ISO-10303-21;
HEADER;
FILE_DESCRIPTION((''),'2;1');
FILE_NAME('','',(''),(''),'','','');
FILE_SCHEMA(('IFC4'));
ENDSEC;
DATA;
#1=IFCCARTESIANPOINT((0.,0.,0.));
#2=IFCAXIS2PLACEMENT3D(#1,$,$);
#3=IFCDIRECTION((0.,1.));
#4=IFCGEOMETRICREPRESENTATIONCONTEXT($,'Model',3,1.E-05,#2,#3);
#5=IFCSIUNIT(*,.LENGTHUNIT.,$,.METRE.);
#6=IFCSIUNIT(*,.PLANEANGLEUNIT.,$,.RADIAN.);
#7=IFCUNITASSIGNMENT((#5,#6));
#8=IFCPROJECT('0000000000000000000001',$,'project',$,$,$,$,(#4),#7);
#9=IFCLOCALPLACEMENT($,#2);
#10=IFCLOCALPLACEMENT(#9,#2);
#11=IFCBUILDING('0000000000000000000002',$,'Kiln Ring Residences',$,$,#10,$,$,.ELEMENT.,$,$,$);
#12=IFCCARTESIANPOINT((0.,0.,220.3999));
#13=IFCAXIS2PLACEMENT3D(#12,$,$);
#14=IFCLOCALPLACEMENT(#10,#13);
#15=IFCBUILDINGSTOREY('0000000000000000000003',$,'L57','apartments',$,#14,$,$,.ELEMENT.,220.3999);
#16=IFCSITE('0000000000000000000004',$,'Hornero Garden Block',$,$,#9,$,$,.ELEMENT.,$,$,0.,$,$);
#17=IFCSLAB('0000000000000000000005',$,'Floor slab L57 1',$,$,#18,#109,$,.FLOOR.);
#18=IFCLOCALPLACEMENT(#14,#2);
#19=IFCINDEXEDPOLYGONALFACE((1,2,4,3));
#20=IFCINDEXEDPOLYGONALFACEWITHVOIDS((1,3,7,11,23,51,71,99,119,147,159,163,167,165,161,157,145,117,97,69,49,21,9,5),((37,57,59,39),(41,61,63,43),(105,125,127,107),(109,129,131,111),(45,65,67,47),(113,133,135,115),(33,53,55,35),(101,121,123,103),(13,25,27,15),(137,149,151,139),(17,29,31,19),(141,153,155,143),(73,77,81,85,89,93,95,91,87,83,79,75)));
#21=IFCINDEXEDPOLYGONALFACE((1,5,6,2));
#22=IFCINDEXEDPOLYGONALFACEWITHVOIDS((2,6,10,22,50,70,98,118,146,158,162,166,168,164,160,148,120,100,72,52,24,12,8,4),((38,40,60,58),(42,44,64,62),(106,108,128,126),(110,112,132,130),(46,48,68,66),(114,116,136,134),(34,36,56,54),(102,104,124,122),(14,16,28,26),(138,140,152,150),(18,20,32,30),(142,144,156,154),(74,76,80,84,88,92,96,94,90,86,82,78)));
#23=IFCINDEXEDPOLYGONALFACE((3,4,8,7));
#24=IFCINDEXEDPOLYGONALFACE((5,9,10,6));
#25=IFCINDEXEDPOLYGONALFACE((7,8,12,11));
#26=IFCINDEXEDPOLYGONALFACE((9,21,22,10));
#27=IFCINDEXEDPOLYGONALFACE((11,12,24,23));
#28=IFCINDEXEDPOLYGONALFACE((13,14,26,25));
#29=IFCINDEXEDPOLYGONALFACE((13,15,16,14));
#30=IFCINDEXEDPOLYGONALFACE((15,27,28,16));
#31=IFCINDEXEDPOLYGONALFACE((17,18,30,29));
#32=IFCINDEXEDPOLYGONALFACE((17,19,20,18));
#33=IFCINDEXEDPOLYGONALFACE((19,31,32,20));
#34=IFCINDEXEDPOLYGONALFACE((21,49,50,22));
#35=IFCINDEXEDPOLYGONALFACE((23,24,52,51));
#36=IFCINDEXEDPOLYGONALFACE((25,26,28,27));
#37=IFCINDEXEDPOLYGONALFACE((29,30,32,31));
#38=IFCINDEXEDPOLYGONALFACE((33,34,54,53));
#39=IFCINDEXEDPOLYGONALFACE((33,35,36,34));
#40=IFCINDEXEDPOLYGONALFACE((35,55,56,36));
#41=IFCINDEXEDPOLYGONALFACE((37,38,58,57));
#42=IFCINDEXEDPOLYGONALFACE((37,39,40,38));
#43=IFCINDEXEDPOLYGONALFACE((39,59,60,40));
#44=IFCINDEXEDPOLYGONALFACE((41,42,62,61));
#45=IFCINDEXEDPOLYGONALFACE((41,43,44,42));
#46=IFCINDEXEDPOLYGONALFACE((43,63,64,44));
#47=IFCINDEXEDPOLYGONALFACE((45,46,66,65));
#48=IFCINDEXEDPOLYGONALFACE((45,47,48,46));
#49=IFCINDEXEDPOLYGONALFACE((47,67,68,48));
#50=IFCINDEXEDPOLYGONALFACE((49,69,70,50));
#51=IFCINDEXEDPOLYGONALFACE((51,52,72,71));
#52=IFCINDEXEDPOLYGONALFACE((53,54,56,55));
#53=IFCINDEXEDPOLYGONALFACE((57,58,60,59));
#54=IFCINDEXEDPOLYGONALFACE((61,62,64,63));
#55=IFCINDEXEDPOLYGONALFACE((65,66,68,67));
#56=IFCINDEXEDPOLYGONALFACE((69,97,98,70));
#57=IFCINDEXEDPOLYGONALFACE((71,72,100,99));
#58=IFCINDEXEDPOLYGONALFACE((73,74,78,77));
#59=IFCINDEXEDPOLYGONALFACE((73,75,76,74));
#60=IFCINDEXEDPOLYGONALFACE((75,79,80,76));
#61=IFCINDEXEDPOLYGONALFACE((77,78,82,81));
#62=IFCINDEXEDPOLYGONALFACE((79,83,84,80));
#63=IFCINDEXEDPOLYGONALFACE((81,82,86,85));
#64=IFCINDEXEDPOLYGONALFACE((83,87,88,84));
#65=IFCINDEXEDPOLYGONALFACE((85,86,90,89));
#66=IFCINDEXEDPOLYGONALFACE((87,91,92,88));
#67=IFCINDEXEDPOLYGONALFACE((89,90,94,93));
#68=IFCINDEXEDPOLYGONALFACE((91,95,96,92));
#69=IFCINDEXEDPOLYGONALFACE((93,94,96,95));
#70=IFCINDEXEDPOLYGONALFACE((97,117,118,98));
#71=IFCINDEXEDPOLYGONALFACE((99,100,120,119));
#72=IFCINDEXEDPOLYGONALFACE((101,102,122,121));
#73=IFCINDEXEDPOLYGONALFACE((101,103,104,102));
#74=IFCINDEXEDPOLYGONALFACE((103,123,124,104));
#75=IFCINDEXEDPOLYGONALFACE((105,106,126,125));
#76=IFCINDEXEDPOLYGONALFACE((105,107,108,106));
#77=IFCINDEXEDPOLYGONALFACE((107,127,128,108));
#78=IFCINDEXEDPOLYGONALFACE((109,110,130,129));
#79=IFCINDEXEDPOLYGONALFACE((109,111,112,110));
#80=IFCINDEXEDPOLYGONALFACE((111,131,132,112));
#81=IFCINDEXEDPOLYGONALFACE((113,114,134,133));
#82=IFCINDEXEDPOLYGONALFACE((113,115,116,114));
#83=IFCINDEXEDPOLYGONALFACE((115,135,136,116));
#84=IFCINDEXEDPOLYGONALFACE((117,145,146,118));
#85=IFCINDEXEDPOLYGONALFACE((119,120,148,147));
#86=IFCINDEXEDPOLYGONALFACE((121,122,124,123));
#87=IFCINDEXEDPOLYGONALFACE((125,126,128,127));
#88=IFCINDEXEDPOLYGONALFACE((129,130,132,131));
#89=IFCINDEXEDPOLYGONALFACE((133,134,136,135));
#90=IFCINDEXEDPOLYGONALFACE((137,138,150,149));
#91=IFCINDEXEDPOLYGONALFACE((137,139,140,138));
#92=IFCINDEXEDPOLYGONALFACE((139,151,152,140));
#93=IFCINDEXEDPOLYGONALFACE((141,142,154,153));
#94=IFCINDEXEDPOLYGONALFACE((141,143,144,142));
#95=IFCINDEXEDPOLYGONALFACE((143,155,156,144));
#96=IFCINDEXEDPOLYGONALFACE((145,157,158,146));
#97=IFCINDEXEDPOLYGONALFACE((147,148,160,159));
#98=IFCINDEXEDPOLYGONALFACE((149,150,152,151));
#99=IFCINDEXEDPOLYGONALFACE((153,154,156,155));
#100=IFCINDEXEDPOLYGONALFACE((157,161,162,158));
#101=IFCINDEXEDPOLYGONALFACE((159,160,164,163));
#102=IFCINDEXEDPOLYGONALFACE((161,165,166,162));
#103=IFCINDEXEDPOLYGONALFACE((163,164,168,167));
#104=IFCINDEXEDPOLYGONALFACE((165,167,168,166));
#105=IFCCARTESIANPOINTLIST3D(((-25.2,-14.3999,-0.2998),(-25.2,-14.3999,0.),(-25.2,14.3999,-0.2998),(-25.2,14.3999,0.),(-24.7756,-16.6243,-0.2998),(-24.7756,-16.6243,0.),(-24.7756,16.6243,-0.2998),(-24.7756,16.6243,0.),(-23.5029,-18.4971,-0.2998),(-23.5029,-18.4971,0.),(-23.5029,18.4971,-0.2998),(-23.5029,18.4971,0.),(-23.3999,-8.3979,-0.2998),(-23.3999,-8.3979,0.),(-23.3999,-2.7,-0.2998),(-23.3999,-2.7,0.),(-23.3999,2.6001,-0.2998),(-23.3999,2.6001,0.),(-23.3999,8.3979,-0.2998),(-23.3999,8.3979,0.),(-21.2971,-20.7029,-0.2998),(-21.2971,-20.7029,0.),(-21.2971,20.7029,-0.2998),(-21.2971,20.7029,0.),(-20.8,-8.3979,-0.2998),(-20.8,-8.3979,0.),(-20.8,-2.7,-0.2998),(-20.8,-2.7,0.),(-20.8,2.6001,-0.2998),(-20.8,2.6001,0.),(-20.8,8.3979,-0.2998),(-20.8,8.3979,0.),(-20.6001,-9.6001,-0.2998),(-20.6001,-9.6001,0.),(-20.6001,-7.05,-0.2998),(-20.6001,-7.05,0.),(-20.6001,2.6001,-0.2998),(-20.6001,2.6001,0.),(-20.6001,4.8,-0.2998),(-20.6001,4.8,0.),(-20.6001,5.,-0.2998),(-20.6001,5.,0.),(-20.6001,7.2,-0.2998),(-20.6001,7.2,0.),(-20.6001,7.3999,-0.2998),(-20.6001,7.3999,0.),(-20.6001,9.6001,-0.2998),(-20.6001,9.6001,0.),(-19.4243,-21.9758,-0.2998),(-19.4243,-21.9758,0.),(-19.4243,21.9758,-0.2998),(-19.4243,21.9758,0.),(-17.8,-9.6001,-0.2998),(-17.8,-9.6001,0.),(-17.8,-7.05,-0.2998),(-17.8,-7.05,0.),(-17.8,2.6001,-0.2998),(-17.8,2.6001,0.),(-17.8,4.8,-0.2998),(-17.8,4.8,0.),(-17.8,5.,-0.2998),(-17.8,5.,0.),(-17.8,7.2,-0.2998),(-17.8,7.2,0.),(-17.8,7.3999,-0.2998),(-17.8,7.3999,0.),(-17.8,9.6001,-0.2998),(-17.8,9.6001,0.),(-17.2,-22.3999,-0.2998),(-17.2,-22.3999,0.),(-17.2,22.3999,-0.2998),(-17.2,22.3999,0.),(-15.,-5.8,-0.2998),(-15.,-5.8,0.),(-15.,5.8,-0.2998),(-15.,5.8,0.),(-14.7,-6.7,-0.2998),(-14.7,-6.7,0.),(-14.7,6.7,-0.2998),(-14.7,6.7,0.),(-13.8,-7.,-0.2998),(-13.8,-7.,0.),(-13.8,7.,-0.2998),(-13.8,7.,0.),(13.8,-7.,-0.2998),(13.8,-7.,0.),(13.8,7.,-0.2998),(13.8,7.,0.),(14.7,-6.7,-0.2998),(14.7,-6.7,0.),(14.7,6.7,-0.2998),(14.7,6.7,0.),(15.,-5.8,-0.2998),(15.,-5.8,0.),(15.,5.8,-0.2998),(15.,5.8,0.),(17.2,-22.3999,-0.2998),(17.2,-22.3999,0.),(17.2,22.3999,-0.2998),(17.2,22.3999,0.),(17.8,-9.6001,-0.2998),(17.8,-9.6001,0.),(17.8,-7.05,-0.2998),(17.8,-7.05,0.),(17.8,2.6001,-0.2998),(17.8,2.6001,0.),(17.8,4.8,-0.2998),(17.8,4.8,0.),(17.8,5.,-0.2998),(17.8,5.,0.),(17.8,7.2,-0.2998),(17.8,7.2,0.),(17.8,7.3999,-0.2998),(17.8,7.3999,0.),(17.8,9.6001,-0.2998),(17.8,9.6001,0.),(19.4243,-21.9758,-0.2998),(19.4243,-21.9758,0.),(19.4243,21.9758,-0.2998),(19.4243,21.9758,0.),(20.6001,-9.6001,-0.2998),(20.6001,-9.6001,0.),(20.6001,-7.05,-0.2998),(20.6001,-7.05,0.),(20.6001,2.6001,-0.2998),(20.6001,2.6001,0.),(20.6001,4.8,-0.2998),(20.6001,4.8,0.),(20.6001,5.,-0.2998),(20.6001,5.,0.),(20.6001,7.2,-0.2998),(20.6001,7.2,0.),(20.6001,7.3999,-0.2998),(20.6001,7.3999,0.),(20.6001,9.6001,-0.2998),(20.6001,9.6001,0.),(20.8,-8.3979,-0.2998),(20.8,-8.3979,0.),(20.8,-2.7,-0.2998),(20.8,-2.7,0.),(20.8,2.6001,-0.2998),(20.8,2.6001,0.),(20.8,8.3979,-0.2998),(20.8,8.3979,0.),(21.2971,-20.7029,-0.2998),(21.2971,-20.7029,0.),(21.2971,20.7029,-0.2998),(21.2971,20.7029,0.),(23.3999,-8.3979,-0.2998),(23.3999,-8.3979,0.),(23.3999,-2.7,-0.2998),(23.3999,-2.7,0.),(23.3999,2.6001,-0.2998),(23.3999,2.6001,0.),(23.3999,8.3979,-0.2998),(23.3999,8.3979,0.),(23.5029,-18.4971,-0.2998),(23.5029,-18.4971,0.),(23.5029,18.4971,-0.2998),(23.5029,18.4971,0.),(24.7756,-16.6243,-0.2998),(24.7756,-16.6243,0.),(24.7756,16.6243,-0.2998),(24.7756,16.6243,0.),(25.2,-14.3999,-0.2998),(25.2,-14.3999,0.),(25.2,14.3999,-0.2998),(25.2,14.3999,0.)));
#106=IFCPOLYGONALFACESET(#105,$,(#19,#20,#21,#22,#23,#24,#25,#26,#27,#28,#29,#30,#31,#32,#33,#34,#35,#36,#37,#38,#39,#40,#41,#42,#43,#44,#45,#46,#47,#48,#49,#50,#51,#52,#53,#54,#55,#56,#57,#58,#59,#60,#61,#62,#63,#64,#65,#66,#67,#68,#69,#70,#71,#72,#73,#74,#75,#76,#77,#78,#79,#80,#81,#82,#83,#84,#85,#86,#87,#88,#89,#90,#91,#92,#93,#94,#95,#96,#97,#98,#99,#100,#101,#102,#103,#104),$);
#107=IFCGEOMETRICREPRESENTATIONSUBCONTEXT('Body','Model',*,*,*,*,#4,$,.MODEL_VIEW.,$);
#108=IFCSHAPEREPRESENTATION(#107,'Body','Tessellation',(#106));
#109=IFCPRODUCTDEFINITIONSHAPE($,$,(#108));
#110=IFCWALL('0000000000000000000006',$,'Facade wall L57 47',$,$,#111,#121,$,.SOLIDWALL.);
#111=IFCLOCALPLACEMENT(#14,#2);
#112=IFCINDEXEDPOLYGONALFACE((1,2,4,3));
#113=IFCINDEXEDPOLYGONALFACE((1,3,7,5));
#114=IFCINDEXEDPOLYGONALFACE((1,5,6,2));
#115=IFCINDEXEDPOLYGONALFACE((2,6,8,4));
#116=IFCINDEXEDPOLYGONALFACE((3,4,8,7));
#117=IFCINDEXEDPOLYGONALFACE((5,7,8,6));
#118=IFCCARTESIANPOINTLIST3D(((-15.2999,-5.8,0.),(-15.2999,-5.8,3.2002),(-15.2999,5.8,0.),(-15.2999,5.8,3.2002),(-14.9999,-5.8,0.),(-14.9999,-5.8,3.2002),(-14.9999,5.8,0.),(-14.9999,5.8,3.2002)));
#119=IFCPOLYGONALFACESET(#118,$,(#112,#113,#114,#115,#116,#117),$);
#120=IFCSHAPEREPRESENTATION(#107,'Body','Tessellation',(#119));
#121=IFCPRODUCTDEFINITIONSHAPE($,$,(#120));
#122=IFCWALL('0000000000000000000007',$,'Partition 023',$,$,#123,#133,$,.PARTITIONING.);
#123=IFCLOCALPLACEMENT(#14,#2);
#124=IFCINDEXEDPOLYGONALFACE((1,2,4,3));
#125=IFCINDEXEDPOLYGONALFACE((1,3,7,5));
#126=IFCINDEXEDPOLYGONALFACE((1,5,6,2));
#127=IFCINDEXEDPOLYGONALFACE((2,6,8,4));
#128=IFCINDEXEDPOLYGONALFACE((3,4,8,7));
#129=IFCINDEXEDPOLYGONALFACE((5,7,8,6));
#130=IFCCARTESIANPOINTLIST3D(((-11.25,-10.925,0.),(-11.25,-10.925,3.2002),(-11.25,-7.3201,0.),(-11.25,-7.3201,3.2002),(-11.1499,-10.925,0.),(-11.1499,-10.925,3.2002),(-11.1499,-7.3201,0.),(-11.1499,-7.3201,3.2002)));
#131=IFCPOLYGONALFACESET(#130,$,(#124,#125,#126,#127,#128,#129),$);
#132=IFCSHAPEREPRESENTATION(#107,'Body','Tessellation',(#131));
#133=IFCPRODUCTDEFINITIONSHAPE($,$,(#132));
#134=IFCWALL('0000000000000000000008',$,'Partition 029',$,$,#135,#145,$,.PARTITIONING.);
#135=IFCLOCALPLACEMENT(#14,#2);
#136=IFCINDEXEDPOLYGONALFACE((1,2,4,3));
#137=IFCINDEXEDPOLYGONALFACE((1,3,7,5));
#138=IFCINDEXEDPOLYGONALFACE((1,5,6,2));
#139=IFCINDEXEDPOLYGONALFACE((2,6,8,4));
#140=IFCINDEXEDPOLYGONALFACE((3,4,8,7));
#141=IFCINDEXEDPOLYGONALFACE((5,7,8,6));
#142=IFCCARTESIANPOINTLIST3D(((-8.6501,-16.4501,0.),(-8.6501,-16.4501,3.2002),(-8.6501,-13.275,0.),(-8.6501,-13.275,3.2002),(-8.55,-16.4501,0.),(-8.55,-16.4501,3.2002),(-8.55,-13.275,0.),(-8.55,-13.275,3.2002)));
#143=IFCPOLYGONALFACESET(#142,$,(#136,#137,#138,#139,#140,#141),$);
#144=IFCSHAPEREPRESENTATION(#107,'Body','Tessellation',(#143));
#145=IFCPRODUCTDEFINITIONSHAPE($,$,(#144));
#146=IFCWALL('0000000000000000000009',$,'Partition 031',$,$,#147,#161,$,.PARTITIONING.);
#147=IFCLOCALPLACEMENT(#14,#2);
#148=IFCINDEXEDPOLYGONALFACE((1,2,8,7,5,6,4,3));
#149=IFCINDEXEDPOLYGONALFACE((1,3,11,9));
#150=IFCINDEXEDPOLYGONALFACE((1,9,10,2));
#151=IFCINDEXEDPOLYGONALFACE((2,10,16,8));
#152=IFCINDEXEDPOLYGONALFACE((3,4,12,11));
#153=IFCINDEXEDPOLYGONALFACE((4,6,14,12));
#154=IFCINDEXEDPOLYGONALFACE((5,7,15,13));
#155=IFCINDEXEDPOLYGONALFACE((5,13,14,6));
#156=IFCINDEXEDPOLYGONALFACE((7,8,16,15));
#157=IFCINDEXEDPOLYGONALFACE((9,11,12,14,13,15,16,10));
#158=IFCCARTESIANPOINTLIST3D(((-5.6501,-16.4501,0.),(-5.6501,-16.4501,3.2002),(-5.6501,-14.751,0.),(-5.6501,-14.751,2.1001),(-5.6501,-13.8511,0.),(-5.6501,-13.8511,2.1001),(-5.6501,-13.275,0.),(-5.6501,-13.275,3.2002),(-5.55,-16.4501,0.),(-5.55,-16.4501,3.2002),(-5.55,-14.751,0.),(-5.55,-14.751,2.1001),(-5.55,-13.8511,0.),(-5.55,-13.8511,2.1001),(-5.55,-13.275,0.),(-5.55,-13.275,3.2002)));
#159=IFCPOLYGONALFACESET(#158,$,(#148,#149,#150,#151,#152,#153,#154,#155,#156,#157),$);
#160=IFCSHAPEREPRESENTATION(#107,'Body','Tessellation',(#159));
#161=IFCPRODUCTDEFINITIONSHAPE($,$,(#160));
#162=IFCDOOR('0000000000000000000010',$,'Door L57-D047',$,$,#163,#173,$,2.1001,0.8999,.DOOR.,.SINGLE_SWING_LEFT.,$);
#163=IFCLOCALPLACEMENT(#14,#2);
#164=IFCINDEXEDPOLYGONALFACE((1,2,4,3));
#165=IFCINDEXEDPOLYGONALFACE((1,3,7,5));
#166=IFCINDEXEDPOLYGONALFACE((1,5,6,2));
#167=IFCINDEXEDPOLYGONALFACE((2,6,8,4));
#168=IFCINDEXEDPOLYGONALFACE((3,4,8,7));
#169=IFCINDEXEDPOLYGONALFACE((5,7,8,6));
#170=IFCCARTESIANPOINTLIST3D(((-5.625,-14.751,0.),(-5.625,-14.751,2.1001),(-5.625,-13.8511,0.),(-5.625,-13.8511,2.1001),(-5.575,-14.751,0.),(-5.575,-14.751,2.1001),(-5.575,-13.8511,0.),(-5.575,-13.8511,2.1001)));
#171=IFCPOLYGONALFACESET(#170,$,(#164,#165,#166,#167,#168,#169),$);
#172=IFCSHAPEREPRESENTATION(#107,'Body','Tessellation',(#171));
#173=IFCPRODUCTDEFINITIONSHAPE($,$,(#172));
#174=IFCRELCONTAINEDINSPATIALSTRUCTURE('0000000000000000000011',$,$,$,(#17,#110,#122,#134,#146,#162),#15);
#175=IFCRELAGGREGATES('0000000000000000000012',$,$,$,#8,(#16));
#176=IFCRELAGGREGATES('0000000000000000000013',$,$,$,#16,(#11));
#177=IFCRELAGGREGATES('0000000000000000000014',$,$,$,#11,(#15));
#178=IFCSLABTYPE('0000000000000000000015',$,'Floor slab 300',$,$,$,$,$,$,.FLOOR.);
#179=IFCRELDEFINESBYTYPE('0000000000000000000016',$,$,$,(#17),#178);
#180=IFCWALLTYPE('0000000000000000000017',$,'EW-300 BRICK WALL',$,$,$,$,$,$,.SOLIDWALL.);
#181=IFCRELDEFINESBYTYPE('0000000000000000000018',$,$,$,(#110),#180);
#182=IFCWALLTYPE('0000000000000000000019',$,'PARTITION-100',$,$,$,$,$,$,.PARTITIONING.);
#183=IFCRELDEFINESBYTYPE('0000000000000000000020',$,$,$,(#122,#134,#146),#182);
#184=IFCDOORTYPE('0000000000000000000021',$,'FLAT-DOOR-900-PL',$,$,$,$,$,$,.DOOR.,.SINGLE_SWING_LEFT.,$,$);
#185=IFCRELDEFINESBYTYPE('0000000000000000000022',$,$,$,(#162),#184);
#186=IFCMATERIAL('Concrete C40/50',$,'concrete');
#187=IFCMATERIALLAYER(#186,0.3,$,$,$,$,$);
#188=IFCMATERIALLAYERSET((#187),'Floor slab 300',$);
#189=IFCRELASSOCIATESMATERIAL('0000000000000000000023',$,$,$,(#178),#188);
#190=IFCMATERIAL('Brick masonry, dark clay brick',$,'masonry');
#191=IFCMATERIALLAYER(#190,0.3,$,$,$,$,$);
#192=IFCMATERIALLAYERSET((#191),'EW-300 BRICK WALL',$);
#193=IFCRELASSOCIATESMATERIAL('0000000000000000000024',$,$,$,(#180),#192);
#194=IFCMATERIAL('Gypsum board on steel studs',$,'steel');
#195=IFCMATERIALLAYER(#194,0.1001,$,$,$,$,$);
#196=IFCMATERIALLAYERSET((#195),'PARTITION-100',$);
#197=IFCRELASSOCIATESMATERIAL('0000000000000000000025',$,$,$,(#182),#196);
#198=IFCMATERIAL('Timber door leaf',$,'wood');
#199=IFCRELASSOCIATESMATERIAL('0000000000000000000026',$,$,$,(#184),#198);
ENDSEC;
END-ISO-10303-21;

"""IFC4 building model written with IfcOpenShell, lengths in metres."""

from ifc_helpers import new_model, si_unit, direction, frame, frame_2d, origin, place, context, subcontext, project, spatial, polyline, rectangle, outline, extrude, material, layer, layer_set, type_object, element, fill, save


model = new_model("IFC4")

# Units and contexts
model_context = context("Model", 3, precision=1e-05, world=origin(), true_north=direction((0.0, 1.0)))
body_context = subcontext(model_context, "Body", "Model", "MODEL_VIEW")
ifc_project = project(units=[si_unit("LENGTHUNIT", "METRE"), si_unit("PLANEANGLEUNIT", "RADIAN")], contexts=[model_context])

# Site, building, storey
site_placement = place(None, origin())
site = spatial("IfcSite", under=ifc_project, at=site_placement, Name="Hornero Garden Block", CompositionType="ELEMENT", RefElevation=0.0)
building_placement = place(site_placement, origin())
building = spatial("IfcBuilding", under=site, at=building_placement, Name="Kiln Ring Residences", CompositionType="ELEMENT")
storey_placement = place(building_placement, frame((0.0, 0.0, 220.3999)))
storey = spatial("IfcBuildingStorey", under=building, at=storey_placement, Name="L57", Description="apartments", CompositionType="ELEMENT", Elevation=220.3999)

# Slab
ifc_material_1 = material(Name="Concrete C40/50", Category="concrete")
ifc_layer_1 = layer(ifc_material_1, 0.3)
ifc_layer_set_1 = layer_set([ifc_layer_1], Name="Floor slab 300")
slab_type = type_object("IfcSlabType", Name="Floor slab 300", PredefinedType="FLOOR", material=ifc_layer_set_1)
slab_placement = place(storey_placement, frame((0.0, 0.0, -0.2998)))
element("IfcSlab", 1, at=slab_placement, inside=storey, type_object=slab_type, Name="Floor slab L57 1", PredefinedType="FLOOR", context=body_context, shape_type="SweptSolid", body=[
    extrude(outline(polyline([(-23.5029, -18.4971), (-21.2971, -20.7029), (-19.4243, -21.9758), (-17.2, -22.3999), (17.2, -22.3999), (19.4243, -21.9758), (21.2971, -20.7029), (23.5029, -18.4971), (24.7756, -16.6243), (25.2, -14.3999), (25.2, 14.3999), (24.7756, 16.6243), (23.5029, 18.4971), (21.2971, 20.7029), (19.4243, 21.9758), (17.2, 22.3999), (-17.2, 22.3999), (-19.4243, 21.9758), (-21.2971, 20.7029), (-23.5029, 18.4971), (-24.7756, 16.6243), (-25.2, 14.3999), (-25.2, -14.3999), (-24.7756, -16.6243), (-23.5029, -18.4971)]), holes=[polyline([(-14.7, -6.7), (-15.0, -5.8), (-15.0, 5.8), (-14.7, 6.7), (-13.8, 7.0), (13.8, 7.0), (14.7, 6.7), (15.0, 5.8), (15.0, -5.8), (14.7, -6.7), (13.8, -7.0), (-13.8, -7.0), (-14.7, -6.7)]), polyline([(20.8, -8.3979), (20.8, -2.7), (23.3999, -2.7), (23.3999, -8.3979), (20.8, -8.3979)]), polyline([(23.3999, 2.6001), (20.8, 2.6001), (20.8, 8.3979), (23.3999, 8.3979), (23.3999, 2.6001)]), polyline([(17.8, 2.6001), (17.8, 4.8), (20.6001, 4.8), (20.6001, 2.6001), (17.8, 2.6001)]), polyline([(17.8, 5.0), (17.8, 7.2), (20.6001, 7.2), (20.6001, 5.0), (17.8, 5.0)]), polyline([(17.8, 7.3999), (17.8, 9.6001), (20.6001, 9.6001), (20.6001, 7.3999), (17.8, 7.3999)]), polyline([(20.6001, -9.6001), (17.8, -9.6001), (17.8, -7.05), (20.6001, -7.05), (20.6001, -9.6001)]), polyline([(-17.8, -7.05), (-17.8, -9.6001), (-20.6001, -9.6001), (-20.6001, -7.05), (-17.8, -7.05)]), polyline([(-17.8, 2.6001), (-20.6001, 2.6001), (-20.6001, 4.8), (-17.8, 4.8), (-17.8, 2.6001)]), polyline([(-17.8, 5.0), (-20.6001, 5.0), (-20.6001, 7.2), (-17.8, 7.2), (-17.8, 5.0)]), polyline([(-17.8, 7.3999), (-20.6001, 7.3999), (-20.6001, 9.6001), (-17.8, 9.6001), (-17.8, 7.3999)]), polyline([(-20.8, -8.3979), (-23.3999, -8.3979), (-23.3999, -2.7), (-20.8, -2.7), (-20.8, -8.3979)]), polyline([(-20.8, 8.3979), (-20.8, 2.6001), (-23.3999, 2.6001), (-23.3999, 8.3979), (-20.8, 8.3979)])]), origin(), (0.0, 0.0, 1.0), 0.2998),
])

# Walls
ifc_material_2 = material(Name="Brick masonry, dark clay brick", Category="masonry")
ifc_layer_2 = layer(ifc_material_2, 0.3)
ifc_layer_set_2 = layer_set([ifc_layer_2], Name="EW-300 BRICK WALL")
wall_type_1 = type_object("IfcWallType", Name="EW-300 BRICK WALL", PredefinedType="SOLIDWALL", material=ifc_layer_set_2)
wall_1_placement = place(storey_placement, frame((-15.1499, -5.8, 0.0), z_axis=(0.0, 0.0, 1.0), x_axis=(0.0, 1.0, 0.0)))
element("IfcWall", 2, at=wall_1_placement, inside=storey, type_object=wall_type_1, Name="Facade wall L57 47", PredefinedType="SOLIDWALL", context=body_context, shape_type="SweptSolid", body=[
    extrude(rectangle(XDim=11.6001, YDim=0.3, at=frame_2d((5.8, 0.0))), origin(), (0.0, 0.0, 1.0), 3.2002),
])
ifc_material_3 = material(Name="Gypsum board on steel studs", Category="steel")
ifc_layer_3 = layer(ifc_material_3, 0.1001)
ifc_layer_set_3 = layer_set([ifc_layer_3], Name="PARTITION-100")
wall_type_2 = type_object("IfcWallType", Name="PARTITION-100", PredefinedType="PARTITIONING", material=ifc_layer_set_3)
wall_2_placement = place(storey_placement, frame((-11.2, -10.925, 0.0), z_axis=(0.0, 0.0, 1.0), x_axis=(0.0, 1.0, 0.0)))
element("IfcWall", 3, at=wall_2_placement, inside=storey, type_object=wall_type_2, Name="Partition 023", PredefinedType="PARTITIONING", context=body_context, shape_type="SweptSolid", body=[
    extrude(rectangle(XDim=3.605, YDim=0.1001, at=frame_2d((1.8025, 0.0))), origin(), (0.0, 0.0, 1.0), 3.2002),
])
wall_3_placement = place(storey_placement, frame((-8.6001, -16.45, 0.0), z_axis=(0.0, 0.0, 1.0), x_axis=(0.0, 1.0, 0.0)))
element("IfcWall", 4, at=wall_3_placement, inside=storey, type_object=wall_type_2, Name="Partition 029", PredefinedType="PARTITIONING", context=body_context, shape_type="SweptSolid", body=[
    extrude(rectangle(XDim=3.175, YDim=0.1001, at=frame_2d((1.5874, 0.0))), origin(), (0.0, 0.0, 1.0), 3.2002),
])

# Wall, opening, door
wall_4_placement = place(storey_placement, frame((-5.6001, -16.45, 0.0), z_axis=(0.0, 0.0, 1.0), x_axis=(0.0, 1.0, 0.0)))
wall_4 = element("IfcWall", 5, at=wall_4_placement, inside=storey, type_object=wall_type_2, Name="Partition 031", PredefinedType="PARTITIONING", context=body_context, shape_type="SweptSolid", body=[
    extrude(rectangle(XDim=3.175, YDim=0.1001, at=frame_2d((1.5874, 0.0))), origin(), (0.0, 0.0, 1.0), 3.2002),
])
opening_1_placement = place(wall_4_placement, frame((1.699, 0.0, 0.0)))
opening_1 = element("IfcOpeningElement", 6, at=opening_1_placement, cuts=wall_4, PredefinedType="OPENING", context=body_context, shape_type="SweptSolid", body=[
    extrude(rectangle(XDim=0.8999, YDim=2.1001, at=frame_2d((0.45, 1.05))), frame((0.0, 0.0601, 0.0), z_axis=(0.0, -1.0, 0.0), x_axis=(1.0, 0.0, 0.0)), (0.0, 0.0, 1.0), 0.1201),
])
ifc_material_4 = material(Name="Timber door leaf", Category="wood")
door_type_1 = type_object("IfcDoorType", Name="FLAT-DOOR-900-PL", OperationType="SINGLE_SWING_LEFT", PredefinedType="DOOR", material=ifc_material_4)
door_1_placement = place(opening_1_placement, origin())
door_1 = element("IfcDoor", 7, at=door_1_placement, inside=storey, type_object=door_type_1, Name="Door L57-D047", OperationType="SINGLE_SWING_LEFT", OverallHeight=2.1001, OverallWidth=0.8999, PredefinedType="DOOR", context=body_context, shape_type="SweptSolid", body=[
    extrude(rectangle(XDim=0.8999, YDim=2.1001, at=frame_2d((0.45, 1.05))), frame((0.0, 0.0249, 0.0), z_axis=(0.0, -1.0, 0.0), x_axis=(1.0, 0.0, 0.0)), (0.0, 0.0, 1.0), 0.05),
])
fill(opening_1, door_1)

save(model, "model.ifc")
